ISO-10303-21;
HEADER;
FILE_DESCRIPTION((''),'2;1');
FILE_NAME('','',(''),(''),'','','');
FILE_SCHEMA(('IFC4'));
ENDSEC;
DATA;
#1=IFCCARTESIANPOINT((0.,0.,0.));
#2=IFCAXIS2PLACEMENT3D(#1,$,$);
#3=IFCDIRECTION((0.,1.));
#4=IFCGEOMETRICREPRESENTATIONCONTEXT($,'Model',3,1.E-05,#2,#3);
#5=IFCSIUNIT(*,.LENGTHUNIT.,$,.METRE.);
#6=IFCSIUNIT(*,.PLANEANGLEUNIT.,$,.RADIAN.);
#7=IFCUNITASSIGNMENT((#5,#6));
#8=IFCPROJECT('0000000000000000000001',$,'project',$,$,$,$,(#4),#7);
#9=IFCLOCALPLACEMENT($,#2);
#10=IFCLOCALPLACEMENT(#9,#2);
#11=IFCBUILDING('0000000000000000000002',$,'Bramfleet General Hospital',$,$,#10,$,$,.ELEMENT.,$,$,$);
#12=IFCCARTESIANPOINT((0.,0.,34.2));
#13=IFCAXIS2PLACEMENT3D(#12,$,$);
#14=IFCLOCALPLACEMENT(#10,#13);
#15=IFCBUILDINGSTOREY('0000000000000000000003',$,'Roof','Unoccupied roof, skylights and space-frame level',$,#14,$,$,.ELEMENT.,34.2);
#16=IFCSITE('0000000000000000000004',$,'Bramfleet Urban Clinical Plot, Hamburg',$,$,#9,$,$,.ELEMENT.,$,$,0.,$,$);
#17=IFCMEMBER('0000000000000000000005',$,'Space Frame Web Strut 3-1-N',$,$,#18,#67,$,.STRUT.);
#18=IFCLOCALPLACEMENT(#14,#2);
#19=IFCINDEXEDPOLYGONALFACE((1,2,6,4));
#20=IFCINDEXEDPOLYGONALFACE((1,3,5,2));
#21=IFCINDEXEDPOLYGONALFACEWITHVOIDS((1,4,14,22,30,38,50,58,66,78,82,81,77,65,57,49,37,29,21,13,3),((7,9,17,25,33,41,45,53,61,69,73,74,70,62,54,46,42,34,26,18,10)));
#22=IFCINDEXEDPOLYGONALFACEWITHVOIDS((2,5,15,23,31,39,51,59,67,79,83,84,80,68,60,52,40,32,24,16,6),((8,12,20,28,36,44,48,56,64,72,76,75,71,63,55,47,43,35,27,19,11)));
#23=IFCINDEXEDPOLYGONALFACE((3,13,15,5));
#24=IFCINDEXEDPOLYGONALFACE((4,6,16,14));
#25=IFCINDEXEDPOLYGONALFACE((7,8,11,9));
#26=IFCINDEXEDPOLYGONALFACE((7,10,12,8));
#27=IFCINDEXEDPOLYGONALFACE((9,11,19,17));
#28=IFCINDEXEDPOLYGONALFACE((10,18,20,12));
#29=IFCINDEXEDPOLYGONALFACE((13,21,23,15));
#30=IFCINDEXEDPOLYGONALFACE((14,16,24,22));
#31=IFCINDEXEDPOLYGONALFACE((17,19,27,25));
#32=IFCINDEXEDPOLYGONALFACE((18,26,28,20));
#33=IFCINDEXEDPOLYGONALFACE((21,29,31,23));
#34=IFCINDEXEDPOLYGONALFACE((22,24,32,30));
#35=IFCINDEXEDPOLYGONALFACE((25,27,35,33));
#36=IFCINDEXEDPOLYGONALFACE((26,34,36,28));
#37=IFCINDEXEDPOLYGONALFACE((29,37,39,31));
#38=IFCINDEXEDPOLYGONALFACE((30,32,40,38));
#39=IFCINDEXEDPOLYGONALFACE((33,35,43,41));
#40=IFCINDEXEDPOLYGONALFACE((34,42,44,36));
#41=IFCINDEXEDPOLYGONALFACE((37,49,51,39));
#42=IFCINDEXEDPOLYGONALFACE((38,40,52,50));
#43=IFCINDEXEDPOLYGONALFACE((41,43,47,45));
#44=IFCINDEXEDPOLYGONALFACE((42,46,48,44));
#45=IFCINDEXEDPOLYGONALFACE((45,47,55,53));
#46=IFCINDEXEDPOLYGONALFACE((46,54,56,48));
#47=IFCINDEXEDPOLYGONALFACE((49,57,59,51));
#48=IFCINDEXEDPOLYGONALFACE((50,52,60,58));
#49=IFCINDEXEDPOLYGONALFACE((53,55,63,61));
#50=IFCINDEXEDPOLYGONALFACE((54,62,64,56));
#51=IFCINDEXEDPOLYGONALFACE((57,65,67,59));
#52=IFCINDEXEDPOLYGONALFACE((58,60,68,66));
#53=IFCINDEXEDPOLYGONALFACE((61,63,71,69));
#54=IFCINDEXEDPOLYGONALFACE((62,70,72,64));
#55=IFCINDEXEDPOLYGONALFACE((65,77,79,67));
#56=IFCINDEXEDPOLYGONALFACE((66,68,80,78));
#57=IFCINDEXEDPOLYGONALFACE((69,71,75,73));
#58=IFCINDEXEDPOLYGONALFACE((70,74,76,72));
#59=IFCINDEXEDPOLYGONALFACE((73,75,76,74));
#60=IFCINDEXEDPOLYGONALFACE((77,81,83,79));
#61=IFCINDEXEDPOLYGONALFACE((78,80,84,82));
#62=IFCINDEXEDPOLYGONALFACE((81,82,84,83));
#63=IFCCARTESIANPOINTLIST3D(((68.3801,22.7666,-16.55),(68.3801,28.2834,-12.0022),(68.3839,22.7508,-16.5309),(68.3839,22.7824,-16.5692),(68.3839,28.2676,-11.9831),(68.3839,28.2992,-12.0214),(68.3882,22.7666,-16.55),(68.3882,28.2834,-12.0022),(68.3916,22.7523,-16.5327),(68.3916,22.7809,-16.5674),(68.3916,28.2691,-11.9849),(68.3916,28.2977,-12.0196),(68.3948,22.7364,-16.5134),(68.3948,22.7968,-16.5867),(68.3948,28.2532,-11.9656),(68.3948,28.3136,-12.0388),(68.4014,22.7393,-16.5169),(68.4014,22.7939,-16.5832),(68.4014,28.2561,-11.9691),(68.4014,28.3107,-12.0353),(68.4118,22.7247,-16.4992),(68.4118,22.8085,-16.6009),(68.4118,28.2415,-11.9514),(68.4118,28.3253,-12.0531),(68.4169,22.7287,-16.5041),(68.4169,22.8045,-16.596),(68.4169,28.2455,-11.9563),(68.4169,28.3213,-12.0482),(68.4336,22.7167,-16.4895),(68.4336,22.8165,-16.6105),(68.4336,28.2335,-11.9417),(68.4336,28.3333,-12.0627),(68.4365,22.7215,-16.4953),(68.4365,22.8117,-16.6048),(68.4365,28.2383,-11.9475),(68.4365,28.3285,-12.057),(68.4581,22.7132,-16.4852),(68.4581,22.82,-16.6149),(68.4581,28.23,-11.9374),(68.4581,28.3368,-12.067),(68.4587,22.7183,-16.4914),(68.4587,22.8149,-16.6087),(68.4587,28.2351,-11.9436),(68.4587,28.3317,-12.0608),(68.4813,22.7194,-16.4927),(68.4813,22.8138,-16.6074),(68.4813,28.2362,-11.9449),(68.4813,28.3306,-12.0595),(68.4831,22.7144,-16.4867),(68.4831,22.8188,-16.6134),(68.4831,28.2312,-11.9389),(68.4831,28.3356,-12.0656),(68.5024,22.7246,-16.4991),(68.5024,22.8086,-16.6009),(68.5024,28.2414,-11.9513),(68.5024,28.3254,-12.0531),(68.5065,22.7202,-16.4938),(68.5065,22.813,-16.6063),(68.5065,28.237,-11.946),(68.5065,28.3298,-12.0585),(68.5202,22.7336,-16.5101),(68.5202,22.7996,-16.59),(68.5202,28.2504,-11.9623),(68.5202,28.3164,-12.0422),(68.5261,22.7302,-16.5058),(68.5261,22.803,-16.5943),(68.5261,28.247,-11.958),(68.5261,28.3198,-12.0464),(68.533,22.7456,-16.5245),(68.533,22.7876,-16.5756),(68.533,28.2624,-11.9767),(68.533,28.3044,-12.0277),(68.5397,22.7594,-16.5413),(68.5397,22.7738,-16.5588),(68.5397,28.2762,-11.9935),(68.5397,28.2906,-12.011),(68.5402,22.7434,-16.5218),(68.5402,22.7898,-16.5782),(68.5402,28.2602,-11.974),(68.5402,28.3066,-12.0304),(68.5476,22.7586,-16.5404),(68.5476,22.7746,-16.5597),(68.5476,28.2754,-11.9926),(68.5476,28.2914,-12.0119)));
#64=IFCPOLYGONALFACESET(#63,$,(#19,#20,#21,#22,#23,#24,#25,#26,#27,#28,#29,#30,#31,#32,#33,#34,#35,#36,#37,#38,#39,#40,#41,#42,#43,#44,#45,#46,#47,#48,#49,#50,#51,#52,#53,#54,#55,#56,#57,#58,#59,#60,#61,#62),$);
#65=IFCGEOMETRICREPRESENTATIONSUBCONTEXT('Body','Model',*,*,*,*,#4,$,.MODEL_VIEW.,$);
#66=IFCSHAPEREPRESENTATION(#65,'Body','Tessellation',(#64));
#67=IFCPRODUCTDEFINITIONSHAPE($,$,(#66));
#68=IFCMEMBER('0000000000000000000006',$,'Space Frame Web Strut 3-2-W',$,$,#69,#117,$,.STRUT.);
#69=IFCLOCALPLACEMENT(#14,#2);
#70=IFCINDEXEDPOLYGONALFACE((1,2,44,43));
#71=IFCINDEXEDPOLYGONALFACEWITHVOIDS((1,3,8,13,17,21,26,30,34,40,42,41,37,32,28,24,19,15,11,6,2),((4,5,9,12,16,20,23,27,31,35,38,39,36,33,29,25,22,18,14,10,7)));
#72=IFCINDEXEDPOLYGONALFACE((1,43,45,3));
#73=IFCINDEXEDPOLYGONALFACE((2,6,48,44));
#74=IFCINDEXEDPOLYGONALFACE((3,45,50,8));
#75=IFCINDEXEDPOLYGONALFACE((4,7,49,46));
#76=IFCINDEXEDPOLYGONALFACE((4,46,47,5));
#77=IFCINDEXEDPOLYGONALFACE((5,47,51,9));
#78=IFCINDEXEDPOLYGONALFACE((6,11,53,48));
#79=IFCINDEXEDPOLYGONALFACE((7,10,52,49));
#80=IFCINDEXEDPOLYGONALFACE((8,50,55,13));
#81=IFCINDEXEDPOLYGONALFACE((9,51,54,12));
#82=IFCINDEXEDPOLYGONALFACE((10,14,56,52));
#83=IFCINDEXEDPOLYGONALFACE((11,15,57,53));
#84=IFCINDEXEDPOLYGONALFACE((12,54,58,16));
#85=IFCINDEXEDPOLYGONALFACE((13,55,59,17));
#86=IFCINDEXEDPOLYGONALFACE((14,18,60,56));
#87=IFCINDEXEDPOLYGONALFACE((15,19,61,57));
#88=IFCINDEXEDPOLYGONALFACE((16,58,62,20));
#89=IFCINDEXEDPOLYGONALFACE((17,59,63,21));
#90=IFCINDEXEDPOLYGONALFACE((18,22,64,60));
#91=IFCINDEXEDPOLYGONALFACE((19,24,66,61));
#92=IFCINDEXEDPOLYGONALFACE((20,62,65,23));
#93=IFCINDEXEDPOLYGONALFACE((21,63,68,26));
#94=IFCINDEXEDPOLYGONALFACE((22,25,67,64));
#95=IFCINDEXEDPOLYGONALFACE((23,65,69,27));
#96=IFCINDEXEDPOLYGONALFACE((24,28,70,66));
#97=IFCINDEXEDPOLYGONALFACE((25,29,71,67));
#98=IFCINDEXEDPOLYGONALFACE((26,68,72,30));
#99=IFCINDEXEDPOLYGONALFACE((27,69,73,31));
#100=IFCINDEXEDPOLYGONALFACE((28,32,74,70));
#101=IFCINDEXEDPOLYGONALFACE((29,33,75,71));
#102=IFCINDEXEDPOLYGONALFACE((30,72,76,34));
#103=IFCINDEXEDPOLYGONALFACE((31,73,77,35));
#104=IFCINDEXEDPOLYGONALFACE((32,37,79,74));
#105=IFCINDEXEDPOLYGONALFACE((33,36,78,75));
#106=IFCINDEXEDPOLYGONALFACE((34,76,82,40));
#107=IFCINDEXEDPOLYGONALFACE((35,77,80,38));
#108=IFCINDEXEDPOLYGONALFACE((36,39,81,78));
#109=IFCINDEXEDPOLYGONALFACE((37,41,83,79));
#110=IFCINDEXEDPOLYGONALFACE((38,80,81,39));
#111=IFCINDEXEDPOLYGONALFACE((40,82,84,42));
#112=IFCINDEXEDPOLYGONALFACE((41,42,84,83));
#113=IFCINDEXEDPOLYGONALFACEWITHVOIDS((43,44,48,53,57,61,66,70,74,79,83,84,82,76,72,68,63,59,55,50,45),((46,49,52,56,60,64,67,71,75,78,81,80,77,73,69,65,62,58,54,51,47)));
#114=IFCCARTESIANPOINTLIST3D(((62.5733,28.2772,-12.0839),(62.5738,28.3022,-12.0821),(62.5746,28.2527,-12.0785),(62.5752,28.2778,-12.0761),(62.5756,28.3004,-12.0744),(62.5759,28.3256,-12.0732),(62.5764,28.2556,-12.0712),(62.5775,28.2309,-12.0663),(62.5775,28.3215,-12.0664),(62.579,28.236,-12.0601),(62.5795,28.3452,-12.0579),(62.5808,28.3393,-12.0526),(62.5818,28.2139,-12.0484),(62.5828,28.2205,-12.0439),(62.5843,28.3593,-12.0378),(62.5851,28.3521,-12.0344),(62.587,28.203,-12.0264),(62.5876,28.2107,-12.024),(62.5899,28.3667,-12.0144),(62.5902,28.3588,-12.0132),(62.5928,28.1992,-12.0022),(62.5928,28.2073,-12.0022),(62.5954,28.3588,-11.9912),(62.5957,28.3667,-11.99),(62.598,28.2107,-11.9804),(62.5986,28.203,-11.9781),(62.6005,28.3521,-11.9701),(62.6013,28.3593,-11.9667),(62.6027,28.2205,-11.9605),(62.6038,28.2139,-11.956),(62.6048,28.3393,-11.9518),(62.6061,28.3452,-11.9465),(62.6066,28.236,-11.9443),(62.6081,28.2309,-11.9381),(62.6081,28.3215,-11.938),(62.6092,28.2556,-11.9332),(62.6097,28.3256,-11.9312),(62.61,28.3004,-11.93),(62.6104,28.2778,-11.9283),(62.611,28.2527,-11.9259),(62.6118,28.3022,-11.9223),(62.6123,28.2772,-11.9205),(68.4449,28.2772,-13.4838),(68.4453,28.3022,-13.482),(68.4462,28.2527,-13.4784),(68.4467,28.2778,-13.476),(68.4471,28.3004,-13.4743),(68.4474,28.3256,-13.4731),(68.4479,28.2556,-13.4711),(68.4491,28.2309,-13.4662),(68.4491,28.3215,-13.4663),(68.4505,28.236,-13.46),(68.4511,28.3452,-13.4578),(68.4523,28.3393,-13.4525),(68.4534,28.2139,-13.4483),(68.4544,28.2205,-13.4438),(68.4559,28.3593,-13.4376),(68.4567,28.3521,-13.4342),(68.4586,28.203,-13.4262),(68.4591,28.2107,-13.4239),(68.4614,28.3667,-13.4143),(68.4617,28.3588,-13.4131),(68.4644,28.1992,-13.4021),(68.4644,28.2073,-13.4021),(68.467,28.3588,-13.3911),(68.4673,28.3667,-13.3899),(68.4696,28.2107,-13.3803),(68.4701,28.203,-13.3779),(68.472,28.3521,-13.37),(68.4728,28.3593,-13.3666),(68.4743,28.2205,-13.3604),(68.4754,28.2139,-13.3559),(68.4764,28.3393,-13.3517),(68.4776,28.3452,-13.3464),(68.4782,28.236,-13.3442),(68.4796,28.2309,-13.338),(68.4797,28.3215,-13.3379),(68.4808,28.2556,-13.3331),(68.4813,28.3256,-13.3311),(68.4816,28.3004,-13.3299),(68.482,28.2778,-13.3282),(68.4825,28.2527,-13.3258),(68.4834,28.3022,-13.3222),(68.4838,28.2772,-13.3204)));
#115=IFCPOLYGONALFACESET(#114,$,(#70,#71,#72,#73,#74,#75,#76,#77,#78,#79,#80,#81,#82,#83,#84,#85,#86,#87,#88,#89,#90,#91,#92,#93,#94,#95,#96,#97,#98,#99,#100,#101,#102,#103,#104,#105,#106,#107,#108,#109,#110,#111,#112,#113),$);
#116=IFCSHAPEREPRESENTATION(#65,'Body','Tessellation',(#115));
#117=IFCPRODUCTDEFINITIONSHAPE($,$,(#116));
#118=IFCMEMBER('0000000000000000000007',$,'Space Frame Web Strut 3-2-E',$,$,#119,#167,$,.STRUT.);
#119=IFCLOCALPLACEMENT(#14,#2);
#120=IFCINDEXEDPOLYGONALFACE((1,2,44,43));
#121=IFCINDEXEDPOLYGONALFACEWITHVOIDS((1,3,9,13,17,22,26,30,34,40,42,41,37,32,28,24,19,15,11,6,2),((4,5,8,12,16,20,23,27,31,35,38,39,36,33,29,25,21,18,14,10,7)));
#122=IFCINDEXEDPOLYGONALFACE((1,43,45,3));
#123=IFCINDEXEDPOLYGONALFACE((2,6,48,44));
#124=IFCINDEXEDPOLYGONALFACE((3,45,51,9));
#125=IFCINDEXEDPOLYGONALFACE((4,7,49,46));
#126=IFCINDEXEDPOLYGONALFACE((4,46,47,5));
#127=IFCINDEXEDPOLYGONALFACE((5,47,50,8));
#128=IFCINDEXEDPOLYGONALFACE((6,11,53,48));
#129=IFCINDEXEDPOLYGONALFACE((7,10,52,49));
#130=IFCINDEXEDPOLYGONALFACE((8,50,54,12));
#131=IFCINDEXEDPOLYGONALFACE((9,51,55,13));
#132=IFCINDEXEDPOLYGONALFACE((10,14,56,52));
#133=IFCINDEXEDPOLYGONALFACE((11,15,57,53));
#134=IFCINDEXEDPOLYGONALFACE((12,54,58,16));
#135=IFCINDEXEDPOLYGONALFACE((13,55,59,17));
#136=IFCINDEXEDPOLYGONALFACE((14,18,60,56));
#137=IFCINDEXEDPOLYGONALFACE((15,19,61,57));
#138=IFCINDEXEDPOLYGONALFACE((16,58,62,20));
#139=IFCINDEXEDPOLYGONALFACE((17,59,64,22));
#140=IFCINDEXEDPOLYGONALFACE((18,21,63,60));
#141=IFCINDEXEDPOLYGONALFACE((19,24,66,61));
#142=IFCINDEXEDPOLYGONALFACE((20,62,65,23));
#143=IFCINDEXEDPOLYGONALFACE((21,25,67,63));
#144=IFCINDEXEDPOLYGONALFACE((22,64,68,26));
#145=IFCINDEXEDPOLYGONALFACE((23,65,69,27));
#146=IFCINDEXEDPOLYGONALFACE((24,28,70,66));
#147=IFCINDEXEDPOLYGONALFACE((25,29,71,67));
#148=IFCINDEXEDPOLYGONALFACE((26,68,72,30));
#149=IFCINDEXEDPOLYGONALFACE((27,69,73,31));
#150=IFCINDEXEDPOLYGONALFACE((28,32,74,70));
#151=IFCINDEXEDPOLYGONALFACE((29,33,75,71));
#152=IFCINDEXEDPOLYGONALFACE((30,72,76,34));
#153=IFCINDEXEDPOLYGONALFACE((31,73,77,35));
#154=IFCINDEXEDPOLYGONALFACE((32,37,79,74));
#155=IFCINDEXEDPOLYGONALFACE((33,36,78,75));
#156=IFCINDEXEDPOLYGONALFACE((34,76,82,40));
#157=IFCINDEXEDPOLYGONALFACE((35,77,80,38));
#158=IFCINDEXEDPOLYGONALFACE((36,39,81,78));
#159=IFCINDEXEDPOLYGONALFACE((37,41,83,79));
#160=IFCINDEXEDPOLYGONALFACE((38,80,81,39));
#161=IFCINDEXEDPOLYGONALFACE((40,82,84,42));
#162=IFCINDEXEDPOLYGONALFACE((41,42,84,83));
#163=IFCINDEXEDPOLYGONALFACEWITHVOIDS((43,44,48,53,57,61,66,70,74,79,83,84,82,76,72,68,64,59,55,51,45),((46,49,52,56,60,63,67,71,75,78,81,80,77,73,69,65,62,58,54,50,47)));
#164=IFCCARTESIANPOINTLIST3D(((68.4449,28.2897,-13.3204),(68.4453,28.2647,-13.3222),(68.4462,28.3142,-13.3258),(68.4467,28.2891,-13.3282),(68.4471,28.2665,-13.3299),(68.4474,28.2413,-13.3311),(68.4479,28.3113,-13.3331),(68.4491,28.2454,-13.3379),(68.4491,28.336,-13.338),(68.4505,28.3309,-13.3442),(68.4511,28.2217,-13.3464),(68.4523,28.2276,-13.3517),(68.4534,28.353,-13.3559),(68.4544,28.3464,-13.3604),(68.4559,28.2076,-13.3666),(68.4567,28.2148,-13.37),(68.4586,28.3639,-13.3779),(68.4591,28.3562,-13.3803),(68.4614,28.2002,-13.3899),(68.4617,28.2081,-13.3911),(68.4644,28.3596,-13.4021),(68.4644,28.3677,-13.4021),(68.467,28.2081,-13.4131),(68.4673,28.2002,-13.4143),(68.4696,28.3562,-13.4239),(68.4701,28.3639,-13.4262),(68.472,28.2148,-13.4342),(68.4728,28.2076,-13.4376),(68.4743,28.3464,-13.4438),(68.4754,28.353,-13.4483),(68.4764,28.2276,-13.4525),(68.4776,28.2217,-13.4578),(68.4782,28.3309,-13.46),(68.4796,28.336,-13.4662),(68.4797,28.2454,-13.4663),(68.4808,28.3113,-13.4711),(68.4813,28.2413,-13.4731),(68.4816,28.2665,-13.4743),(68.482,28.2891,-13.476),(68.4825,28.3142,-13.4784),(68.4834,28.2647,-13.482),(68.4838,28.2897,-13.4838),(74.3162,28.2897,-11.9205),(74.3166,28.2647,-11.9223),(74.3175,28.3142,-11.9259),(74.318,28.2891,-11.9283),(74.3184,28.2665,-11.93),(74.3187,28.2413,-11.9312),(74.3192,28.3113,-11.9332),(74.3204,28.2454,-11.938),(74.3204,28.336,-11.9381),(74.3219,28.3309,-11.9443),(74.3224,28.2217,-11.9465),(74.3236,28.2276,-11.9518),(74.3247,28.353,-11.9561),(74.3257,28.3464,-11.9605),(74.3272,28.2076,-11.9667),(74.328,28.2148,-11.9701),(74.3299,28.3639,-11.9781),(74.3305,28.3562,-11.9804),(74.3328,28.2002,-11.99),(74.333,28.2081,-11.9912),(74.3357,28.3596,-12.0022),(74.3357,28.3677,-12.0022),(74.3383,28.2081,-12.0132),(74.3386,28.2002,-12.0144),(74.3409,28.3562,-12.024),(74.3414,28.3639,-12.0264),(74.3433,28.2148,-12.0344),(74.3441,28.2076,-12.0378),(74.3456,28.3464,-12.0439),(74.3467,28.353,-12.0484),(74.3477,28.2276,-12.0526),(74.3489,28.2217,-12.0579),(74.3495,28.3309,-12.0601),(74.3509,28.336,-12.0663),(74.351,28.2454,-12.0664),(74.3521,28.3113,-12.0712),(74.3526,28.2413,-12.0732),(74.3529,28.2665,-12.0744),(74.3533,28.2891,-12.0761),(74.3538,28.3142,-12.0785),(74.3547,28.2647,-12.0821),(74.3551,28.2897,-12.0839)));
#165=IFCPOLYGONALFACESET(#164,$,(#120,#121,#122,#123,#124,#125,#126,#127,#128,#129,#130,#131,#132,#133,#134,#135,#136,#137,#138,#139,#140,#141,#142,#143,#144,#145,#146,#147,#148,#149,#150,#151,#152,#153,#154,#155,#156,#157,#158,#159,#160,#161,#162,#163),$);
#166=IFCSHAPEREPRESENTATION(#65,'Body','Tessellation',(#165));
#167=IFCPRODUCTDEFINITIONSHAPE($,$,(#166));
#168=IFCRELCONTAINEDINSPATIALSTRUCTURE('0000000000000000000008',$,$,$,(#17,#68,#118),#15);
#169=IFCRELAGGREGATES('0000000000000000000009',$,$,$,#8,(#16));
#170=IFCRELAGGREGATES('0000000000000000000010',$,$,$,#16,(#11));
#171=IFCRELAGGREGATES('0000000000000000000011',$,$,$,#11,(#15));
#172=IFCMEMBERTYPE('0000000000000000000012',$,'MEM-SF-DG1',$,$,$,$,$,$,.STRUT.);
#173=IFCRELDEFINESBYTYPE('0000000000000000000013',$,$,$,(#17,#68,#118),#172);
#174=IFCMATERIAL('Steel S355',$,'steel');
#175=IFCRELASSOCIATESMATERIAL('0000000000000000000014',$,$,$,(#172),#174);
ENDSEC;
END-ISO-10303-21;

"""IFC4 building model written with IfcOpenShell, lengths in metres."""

from ifc_helpers import new_model, si_unit, direction, frame, origin, origin_2d, place, context, subcontext, project, spatial, hollow_circle, extrude, material, material_profile, profile_set, type_object, element, save


model = new_model("IFC4")

# Units and contexts
model_context = context("Model", 3, precision=1e-05, world=origin(), true_north=direction((0.0, 1.0)))
body_context = subcontext(model_context, "Body", "Model", "MODEL_VIEW")
ifc_project = project(units=[si_unit("LENGTHUNIT", "METRE"), si_unit("PLANEANGLEUNIT", "RADIAN")], contexts=[model_context])

# Site, building, storey
site_placement = place(None, origin())
site = spatial("IfcSite", under=ifc_project, at=site_placement, Name="Bramfleet Urban Clinical Plot, Hamburg", CompositionType="ELEMENT", RefElevation=0.0)
building_placement = place(site_placement, origin())
building = spatial("IfcBuilding", under=site, at=building_placement, Name="Bramfleet General Hospital", CompositionType="ELEMENT")
storey_placement = place(building_placement, frame((0.0, 0.0, 34.2)))
storey = spatial("IfcBuildingStorey", under=building, at=storey_placement, Name="Roof", Description="Unoccupied roof, skylights and space-frame level", CompositionType="ELEMENT", Elevation=34.2)

# Members
ifc_material = material(Name="Steel S355", Category="steel")
ifc_material_profile_1 = material_profile(ifc_material, hollow_circle(Radius=0.0842, WallThickness=0.0081, at=origin_2d()), Name="CHS 168.3x8.0")
ifc_profile_set_1 = profile_set([ifc_material_profile_1], Name="Steel S355")
member_type_1 = type_object("IfcMemberType", Name="MEM-SF-DG1", PredefinedType="STRUT", material=ifc_profile_set_1)
member_1_placement = place(storey_placement, frame((68.4644, 22.7666, -16.55), z_axis=(0.0, 0.771617, 0.636088), x_axis=(-1.0, 0.0, 0.0)))
element("IfcMember", 1, at=member_1_placement, inside=storey, type_object=member_type_1, Name="Space Frame Web Strut 3-1-N", PredefinedType="STRUT", context=body_context, shape_type="SweptSolid", body=[
    extrude(hollow_circle(Radius=0.0842, WallThickness=0.0081, at=origin_2d()), origin(), (0.0, 0.0, 1.0), 7.1497),
])
member_2_placement = place(storey_placement, frame((68.4644, 28.2834, -13.4021), z_axis=(-0.972735, 0.0, 0.231919), x_axis=(0.0, -1.0, 0.0)))
element("IfcMember", 2, at=member_2_placement, inside=storey, type_object=member_type_1, Name="Space Frame Web Strut 3-2-W", PredefinedType="STRUT", context=body_context, shape_type="SweptSolid", body=[
    extrude(hollow_circle(Radius=0.0842, WallThickness=0.0081, at=origin_2d()), origin(), (0.0, 0.0, 1.0), 6.0361),
])
member_3_placement = place(storey_placement, frame((68.4644, 28.2834, -13.4021), z_axis=(0.972733, 0.0, 0.231929), x_axis=(0.0, 1.0, 0.0)))
element("IfcMember", 3, at=member_3_placement, inside=storey, type_object=member_type_1, Name="Space Frame Web Strut 3-2-E", PredefinedType="STRUT", context=body_context, shape_type="SweptSolid", body=[
    extrude(hollow_circle(Radius=0.0842, WallThickness=0.0081, at=origin_2d()), origin(), (0.0, 0.0, 1.0), 6.0359),
])

save(model, "model.ifc")
